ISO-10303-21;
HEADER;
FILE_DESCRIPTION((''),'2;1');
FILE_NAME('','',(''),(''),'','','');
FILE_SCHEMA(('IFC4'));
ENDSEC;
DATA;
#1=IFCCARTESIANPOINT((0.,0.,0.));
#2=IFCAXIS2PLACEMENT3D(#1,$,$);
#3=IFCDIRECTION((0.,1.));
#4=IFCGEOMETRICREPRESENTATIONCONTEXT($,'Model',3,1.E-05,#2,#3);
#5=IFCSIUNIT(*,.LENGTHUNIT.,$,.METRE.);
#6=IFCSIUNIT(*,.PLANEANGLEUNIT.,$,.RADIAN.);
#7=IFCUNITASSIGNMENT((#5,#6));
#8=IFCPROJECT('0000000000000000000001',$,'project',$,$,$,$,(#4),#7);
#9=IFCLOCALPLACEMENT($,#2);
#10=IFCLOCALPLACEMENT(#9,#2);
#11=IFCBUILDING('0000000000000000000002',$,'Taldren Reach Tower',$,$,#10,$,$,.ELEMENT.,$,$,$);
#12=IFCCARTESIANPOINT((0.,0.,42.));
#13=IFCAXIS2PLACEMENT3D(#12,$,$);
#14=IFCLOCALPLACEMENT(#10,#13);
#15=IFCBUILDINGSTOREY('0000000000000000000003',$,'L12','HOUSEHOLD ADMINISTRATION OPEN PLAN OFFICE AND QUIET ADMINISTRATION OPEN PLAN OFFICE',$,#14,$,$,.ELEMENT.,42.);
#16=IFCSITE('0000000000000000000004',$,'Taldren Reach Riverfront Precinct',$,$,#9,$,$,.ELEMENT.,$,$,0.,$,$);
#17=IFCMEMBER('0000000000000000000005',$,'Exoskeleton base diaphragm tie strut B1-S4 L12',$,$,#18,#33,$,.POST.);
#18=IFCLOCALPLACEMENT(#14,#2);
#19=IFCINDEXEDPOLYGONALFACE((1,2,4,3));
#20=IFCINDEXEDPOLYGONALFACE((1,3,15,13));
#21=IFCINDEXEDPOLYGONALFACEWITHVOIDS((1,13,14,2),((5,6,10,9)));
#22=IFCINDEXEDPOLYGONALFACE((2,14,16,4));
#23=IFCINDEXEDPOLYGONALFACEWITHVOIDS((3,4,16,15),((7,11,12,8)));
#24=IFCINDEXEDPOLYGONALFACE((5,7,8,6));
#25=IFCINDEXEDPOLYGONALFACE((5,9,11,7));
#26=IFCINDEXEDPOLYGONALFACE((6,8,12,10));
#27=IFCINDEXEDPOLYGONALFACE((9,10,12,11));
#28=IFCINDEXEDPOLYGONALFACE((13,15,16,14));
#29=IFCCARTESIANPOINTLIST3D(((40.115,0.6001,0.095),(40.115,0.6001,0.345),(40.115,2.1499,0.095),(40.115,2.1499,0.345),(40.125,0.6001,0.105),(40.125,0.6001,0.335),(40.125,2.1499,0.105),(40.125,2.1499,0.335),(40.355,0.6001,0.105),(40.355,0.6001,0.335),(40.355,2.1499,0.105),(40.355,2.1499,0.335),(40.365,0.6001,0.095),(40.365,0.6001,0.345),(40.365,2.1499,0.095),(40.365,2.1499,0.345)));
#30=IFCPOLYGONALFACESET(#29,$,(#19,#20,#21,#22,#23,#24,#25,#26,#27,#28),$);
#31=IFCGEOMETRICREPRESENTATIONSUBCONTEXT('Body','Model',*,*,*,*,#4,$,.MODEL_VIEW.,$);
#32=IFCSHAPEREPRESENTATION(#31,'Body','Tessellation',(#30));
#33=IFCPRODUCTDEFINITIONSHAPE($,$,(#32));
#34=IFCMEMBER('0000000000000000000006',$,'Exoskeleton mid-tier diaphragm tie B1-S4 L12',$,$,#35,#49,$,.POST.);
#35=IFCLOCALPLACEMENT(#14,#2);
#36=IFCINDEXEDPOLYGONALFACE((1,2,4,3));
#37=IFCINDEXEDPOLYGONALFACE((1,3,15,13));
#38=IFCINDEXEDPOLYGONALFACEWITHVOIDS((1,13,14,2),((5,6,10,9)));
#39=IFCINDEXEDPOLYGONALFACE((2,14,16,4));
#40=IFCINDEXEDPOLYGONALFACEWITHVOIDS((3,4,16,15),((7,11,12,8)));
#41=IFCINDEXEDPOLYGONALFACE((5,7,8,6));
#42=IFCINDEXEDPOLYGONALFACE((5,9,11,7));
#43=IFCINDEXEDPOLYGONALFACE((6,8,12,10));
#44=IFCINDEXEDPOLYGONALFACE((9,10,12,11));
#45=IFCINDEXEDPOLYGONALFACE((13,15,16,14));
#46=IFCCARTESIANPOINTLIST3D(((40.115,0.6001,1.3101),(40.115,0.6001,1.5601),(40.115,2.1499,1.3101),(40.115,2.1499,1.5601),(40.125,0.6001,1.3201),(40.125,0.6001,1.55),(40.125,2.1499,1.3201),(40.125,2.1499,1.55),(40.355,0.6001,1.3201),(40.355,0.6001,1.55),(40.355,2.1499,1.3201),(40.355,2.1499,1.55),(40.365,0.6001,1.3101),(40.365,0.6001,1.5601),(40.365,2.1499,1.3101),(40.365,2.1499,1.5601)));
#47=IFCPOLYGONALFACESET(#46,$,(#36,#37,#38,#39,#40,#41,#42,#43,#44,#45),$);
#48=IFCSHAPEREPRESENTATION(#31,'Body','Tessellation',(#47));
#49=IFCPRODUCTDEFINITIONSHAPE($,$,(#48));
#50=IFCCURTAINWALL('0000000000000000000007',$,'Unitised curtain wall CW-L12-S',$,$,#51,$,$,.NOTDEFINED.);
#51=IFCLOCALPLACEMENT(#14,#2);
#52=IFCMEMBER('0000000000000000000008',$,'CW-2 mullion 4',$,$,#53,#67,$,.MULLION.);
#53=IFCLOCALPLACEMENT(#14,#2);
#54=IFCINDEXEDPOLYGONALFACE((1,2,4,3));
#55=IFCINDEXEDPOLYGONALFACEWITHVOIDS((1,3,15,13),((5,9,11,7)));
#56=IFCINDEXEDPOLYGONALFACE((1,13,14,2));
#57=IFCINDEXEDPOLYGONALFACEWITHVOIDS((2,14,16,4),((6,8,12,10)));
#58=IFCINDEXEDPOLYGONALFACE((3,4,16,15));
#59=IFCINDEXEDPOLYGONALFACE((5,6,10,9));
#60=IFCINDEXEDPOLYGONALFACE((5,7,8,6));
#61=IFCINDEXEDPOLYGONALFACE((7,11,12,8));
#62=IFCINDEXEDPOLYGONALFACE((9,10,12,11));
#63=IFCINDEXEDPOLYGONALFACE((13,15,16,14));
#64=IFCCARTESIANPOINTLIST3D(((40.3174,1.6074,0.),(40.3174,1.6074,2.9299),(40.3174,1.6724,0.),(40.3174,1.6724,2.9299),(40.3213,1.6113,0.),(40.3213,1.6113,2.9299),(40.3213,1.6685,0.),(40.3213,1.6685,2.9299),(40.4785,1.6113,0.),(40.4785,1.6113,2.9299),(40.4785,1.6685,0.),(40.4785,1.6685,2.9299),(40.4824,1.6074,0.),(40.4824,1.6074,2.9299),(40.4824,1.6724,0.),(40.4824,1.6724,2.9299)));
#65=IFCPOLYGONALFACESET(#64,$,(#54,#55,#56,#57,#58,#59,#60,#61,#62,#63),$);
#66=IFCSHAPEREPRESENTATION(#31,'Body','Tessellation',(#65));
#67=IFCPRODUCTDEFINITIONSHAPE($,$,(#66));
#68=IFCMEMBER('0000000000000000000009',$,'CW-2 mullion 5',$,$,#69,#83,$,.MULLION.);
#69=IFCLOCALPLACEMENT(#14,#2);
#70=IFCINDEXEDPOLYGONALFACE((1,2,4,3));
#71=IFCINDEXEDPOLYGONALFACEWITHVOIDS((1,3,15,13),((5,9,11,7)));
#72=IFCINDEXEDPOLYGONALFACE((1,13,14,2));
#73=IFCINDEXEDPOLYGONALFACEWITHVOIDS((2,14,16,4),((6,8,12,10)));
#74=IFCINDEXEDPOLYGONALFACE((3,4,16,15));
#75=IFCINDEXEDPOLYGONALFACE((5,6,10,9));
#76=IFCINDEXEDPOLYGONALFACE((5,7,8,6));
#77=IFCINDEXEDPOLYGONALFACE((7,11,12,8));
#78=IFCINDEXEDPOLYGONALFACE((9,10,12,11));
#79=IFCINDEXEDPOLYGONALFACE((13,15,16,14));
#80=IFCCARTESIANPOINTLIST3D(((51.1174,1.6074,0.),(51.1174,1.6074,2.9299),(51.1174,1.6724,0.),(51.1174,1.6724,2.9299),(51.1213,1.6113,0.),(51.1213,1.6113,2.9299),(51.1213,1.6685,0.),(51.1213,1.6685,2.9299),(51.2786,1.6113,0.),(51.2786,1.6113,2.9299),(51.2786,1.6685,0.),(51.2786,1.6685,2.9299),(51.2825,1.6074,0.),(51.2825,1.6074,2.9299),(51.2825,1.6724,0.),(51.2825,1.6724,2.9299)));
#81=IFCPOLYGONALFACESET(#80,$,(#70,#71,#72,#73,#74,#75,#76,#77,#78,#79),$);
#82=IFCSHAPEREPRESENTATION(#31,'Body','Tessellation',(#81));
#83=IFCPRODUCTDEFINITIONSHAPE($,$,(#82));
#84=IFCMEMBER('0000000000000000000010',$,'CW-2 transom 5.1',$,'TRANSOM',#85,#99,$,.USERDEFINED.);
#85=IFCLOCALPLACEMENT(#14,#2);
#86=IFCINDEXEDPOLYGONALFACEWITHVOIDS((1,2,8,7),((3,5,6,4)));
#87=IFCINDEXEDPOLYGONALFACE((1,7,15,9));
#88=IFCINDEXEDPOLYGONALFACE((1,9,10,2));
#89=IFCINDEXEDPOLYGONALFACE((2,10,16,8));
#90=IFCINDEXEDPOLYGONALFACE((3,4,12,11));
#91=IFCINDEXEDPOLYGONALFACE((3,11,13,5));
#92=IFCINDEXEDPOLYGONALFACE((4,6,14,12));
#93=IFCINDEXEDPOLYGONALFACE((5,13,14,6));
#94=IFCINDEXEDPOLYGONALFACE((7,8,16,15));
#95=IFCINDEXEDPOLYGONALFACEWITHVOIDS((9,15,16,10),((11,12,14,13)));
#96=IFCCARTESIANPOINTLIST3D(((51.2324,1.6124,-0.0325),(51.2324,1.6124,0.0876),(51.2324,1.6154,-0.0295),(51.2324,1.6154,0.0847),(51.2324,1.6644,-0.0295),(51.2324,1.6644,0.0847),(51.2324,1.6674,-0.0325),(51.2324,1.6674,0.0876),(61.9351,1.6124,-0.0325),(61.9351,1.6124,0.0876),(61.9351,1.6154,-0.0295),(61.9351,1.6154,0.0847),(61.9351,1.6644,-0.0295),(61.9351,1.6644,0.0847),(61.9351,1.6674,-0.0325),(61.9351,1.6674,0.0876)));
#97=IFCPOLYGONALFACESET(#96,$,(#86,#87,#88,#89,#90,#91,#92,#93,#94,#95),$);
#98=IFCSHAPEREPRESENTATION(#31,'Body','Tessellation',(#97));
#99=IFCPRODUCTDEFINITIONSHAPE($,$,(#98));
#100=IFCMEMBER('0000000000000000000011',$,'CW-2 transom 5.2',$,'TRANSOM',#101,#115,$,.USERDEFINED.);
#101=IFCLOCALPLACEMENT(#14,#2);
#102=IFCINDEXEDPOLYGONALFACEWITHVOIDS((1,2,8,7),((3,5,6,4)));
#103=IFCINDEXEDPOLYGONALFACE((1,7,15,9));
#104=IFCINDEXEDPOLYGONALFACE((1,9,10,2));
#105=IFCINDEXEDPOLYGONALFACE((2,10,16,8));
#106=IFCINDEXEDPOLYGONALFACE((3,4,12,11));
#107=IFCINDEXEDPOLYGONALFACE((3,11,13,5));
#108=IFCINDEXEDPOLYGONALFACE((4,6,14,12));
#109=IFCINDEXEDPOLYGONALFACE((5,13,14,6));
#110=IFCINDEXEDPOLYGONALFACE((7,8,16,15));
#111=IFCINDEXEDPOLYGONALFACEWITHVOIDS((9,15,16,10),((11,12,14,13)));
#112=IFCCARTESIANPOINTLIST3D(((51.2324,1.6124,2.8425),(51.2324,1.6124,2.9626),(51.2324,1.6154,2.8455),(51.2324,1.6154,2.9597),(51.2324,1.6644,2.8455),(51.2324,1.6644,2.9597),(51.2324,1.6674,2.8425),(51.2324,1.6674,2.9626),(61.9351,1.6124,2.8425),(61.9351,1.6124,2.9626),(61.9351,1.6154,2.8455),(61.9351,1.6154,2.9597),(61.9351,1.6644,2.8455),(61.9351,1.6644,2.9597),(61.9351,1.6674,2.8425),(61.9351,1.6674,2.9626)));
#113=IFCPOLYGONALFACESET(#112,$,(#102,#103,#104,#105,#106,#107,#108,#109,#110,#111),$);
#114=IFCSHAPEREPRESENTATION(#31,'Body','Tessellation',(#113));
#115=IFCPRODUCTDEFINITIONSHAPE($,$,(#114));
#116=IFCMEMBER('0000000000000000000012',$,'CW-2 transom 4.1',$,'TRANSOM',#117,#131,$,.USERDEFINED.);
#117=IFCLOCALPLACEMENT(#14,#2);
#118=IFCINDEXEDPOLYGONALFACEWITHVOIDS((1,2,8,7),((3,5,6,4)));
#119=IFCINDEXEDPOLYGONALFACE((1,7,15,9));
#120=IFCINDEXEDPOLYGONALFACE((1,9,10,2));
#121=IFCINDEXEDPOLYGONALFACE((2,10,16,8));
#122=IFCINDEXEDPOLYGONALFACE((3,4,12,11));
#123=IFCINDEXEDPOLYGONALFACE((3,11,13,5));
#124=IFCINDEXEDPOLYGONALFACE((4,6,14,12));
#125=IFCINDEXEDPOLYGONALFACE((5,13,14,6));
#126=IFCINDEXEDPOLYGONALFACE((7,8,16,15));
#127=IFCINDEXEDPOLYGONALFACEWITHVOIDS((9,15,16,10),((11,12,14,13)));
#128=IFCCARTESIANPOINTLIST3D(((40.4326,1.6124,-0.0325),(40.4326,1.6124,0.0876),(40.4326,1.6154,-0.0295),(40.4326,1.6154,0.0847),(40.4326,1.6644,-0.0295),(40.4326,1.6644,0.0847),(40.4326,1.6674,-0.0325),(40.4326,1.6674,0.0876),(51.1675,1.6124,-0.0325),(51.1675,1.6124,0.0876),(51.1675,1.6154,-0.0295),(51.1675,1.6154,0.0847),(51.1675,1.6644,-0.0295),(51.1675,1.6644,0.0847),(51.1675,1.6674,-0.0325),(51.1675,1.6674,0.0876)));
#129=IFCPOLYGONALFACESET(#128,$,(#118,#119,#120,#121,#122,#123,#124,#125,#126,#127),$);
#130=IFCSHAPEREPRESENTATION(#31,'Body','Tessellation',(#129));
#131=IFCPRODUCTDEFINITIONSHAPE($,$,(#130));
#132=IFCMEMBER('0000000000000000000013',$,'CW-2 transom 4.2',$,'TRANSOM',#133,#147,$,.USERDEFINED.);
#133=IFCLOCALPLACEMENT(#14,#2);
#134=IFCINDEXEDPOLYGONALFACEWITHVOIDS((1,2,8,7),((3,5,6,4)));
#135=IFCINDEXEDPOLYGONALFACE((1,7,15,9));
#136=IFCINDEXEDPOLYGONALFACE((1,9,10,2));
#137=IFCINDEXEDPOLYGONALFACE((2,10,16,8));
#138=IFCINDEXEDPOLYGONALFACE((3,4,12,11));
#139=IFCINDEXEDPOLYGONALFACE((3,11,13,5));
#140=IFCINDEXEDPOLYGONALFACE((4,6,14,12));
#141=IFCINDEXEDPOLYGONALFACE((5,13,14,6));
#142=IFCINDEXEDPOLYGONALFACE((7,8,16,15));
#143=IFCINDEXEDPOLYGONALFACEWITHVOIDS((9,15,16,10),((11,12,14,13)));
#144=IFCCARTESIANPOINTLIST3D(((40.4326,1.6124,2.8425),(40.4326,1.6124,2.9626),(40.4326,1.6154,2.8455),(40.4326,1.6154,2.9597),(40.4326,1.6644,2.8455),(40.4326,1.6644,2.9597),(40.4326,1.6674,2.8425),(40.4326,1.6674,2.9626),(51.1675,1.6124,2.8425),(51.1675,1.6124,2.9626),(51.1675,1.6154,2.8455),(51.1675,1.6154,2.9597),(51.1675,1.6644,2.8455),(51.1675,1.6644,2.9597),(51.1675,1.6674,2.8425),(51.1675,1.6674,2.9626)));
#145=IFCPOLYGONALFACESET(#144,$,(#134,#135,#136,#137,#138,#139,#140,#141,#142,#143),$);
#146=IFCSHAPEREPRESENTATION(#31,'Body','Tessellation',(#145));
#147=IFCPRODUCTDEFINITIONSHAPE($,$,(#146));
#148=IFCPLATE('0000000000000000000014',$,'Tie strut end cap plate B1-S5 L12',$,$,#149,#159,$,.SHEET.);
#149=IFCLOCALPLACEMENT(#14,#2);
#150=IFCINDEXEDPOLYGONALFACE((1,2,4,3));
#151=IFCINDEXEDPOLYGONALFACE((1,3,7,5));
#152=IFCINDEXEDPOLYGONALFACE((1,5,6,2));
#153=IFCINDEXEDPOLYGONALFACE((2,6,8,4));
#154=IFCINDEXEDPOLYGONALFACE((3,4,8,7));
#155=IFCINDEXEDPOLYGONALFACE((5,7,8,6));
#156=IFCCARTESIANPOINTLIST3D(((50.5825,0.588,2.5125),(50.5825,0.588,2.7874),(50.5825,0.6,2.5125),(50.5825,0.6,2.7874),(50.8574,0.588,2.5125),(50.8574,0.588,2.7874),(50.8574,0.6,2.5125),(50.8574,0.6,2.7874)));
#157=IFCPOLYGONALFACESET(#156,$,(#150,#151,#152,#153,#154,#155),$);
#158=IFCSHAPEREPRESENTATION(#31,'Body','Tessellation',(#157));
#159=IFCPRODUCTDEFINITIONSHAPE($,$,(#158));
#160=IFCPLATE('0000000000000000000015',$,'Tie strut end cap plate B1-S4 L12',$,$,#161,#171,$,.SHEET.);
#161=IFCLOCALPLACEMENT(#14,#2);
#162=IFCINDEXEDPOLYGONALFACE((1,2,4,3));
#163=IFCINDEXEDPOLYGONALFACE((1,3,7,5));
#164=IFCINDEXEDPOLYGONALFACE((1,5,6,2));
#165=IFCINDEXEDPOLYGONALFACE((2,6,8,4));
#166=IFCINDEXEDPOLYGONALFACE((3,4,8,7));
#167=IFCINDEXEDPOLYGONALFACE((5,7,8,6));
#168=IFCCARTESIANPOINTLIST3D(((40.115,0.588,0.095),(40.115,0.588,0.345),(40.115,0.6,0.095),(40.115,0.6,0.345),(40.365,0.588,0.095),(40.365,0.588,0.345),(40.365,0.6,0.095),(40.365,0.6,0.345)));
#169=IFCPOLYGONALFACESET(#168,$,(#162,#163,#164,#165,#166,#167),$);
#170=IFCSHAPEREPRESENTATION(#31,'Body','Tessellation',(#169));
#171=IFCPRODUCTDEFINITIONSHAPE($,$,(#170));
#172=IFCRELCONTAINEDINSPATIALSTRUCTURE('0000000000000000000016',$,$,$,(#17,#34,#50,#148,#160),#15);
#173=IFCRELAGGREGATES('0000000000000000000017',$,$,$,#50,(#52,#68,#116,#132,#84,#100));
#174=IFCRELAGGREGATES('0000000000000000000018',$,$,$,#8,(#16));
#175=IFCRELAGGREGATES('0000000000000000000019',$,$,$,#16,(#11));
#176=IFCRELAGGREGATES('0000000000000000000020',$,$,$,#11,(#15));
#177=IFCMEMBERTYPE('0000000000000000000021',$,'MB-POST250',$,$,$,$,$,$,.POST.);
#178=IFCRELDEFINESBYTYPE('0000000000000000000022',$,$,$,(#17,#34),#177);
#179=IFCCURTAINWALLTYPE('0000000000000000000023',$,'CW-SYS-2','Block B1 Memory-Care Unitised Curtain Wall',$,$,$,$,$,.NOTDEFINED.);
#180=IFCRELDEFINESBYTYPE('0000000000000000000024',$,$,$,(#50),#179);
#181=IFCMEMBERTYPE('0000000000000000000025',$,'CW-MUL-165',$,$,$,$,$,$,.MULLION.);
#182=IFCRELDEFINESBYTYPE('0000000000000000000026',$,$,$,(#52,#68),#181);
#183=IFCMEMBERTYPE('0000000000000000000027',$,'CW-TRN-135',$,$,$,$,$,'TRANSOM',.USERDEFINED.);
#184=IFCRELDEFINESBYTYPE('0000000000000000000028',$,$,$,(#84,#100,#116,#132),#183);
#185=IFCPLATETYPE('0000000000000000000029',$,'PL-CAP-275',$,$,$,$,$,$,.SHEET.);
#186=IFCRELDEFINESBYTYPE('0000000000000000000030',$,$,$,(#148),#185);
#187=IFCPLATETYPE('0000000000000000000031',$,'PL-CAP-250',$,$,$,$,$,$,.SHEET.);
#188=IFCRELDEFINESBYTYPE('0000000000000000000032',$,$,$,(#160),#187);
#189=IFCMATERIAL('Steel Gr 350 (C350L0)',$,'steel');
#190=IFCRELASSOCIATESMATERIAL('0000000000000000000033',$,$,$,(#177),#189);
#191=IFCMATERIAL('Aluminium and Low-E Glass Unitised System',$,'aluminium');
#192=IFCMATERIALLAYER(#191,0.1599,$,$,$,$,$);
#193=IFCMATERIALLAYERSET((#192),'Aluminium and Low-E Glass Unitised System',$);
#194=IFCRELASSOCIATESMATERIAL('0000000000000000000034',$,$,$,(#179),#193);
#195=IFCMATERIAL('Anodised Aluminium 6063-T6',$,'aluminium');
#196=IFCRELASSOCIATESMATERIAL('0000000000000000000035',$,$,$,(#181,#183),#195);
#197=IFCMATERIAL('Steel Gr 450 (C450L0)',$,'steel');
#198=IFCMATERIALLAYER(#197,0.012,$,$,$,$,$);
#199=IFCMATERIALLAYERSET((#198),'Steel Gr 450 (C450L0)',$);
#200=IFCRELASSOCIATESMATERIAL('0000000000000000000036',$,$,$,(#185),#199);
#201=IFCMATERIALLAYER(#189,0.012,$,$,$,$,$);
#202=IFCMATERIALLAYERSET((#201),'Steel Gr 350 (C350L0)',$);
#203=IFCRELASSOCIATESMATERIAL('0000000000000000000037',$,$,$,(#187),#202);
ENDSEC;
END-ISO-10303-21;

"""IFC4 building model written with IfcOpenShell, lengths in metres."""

from ifc_helpers import new_model, si_unit, direction, frame, origin, origin_2d, place, context, subcontext, project, spatial, rectangle, hollow_rectangle, extrude, source, transform, mapped, material, layer, layer_set, material_profile, profile_set, type_object, element, aggregate, save


model = new_model("IFC4")

# Units and contexts
model_context = context("Model", 3, precision=1e-05, world=origin(), true_north=direction((0.0, 1.0)))
body_context = subcontext(model_context, "Body", "Model", "MODEL_VIEW")
ifc_project = project(units=[si_unit("LENGTHUNIT", "METRE"), si_unit("PLANEANGLEUNIT", "RADIAN")], contexts=[model_context])

# Site, building, storey
site_placement = place(None, origin())
site = spatial("IfcSite", under=ifc_project, at=site_placement, Name="Taldren Reach Riverfront Precinct", CompositionType="ELEMENT", RefElevation=0.0)
building_placement = place(site_placement, origin())
building = spatial("IfcBuilding", under=site, at=building_placement, Name="Taldren Reach Tower", CompositionType="ELEMENT")
storey_placement = place(building_placement, frame((0.0, 0.0, 42.0)))
storey = spatial("IfcBuildingStorey", under=building, at=storey_placement, Name="L12", Description="HOUSEHOLD ADMINISTRATION OPEN PLAN OFFICE AND QUIET ADMINISTRATION OPEN PLAN OFFICE", CompositionType="ELEMENT", Elevation=42.0)

# Members
ifc_material_1 = material(Name="Steel Gr 450 (C450L0)", Category="steel")
ifc_material_2 = material(Name="Steel Gr 350 (C350L0)", Category="steel")
ifc_material_profile_1 = material_profile(ifc_material_2, hollow_rectangle(XDim=0.25, YDim=0.25, WallThickness=0.01, at=origin_2d()), Name="250x250x10.0SHS")
ifc_profile_set_1 = profile_set([ifc_material_profile_1], Name="Steel Gr 350 (C350L0)")
member_type_1 = type_object("IfcMemberType", Name="MB-POST250", PredefinedType="POST", material=ifc_profile_set_1)
shared_shape_1 = source(origin(), body_context, "Body", "SweptSolid", [
    extrude(hollow_rectangle(XDim=0.25, YDim=0.25, WallThickness=0.01, at=origin_2d()), origin(), (0.0, 0.0, 1.0), 1.5498),
])
for number, where, z_axis, x_axis, name in (
    (1, (40.24, 2.1499, 0.22), (0.0, -1.0, 0.0), (1.0, 0.0, 0.0), "Exoskeleton base diaphragm tie strut B1-S4 L12"),
    (2, (40.24, 2.1499, 1.4351), (0.0, -1.0, 0.0), (1.0, 0.0, 0.0), "Exoskeleton mid-tier diaphragm tie B1-S4 L12"),
):
    element("IfcMember", number, at=place(storey_placement, frame(where, z_axis=z_axis, x_axis=x_axis)), inside=storey, type_object=member_type_1, Name=name, PredefinedType="POST", context=body_context, shape_type="MappedRepresentation", body=[
        mapped(shared_shape_1, transform((0.0, 0.0, 0.0), scale=1.0)),
    ])

# Curtain wall, members
ifc_material_3 = material(Name="Aluminium and Low-E Glass Unitised System", Category="aluminium")
ifc_layer_1 = layer(ifc_material_3, 0.1599)
ifc_layer_set_1 = layer_set([ifc_layer_1], Name="Aluminium and Low-E Glass Unitised System")
curtain_wall_type = type_object("IfcCurtainWallType", Name="CW-SYS-2", Description="Block B1 Memory-Care Unitised Curtain Wall", PredefinedType="NOTDEFINED", material=ifc_layer_set_1)
curtain_wall_placement = place(storey_placement, origin())
curtain_wall = element("IfcCurtainWall", 3, at=curtain_wall_placement, inside=storey, type_object=curtain_wall_type, Name="Unitised curtain wall CW-L12-S", PredefinedType="NOTDEFINED")
ifc_material_4 = material(Name="Anodised Aluminium 6063-T6", Category="aluminium")
ifc_material_profile_2 = material_profile(ifc_material_4, hollow_rectangle(XDim=0.0649, YDim=0.165, WallThickness=0.0039, at=origin_2d()), Name="ALU-165x65x4RHS")
ifc_profile_set_2 = profile_set([ifc_material_profile_2], Name="Anodised Aluminium 6063-T6")
member_type_2 = type_object("IfcMemberType", Name="CW-MUL-165", PredefinedType="MULLION", material=ifc_profile_set_2)
shared_shape_2 = source(origin(), body_context, "Body", "SweptSolid", [
    extrude(hollow_rectangle(XDim=0.0649, YDim=0.165, WallThickness=0.0039, at=origin_2d()), origin(), (0.0, 0.0, 1.0), 2.9299),
])
member_1_placement = place(storey_placement, frame((40.3999, 1.6399, 0.0), z_axis=(0.0, 0.0, 1.0), x_axis=(0.0, 1.0, 0.0)))
member_1 = element("IfcMember", 4, at=member_1_placement, type_object=member_type_2, Name="CW-2 mullion 4", PredefinedType="MULLION", context=body_context, shape_type="MappedRepresentation", body=[
    mapped(shared_shape_2, transform((0.0, 0.0, 0.0), scale=1.0)),
])
member_2_placement = place(storey_placement, frame((51.2, 1.6399, 0.0), z_axis=(0.0, 0.0, 1.0), x_axis=(0.0, 1.0, 0.0)))
member_2 = element("IfcMember", 5, at=member_2_placement, type_object=member_type_2, Name="CW-2 mullion 5", PredefinedType="MULLION", context=body_context, shape_type="MappedRepresentation", body=[
    mapped(shared_shape_2, transform((0.0, 0.0, 0.0), scale=1.0)),
])
ifc_material_profile_3 = material_profile(ifc_material_4, hollow_rectangle(XDim=0.0549, YDim=0.1201, WallThickness=0.0029, at=origin_2d()), Name="ALU-120x55x3RHS")
ifc_profile_set_3 = profile_set([ifc_material_profile_3], Name="Anodised Aluminium 6063-T6")
member_type_3 = type_object("IfcMemberType", Name="CW-TRN-135", ElementType="TRANSOM", PredefinedType="USERDEFINED", material=ifc_profile_set_3)
shared_shape_3 = source(origin(), body_context, "Body", "SweptSolid", [
    extrude(hollow_rectangle(XDim=0.0549, YDim=0.1201, WallThickness=0.0029, at=origin_2d()), origin(), (0.0, 0.0, 1.0), 10.7026),
])
member_3_placement = place(storey_placement, frame((51.2324, 1.6399, 0.0276), z_axis=(1.0, 0.0, 0.0), x_axis=(0.0, 1.0, 0.0)))
member_3 = element("IfcMember", 6, at=member_3_placement, type_object=member_type_3, Name="CW-2 transom 5.1", ObjectType="TRANSOM", PredefinedType="USERDEFINED", context=body_context, shape_type="MappedRepresentation", body=[
    mapped(shared_shape_3, transform((0.0, 0.0, 0.0), scale=1.0)),
])
member_4_placement = place(storey_placement, frame((51.2324, 1.6399, 2.9026), z_axis=(1.0, 0.0, 0.0), x_axis=(0.0, 1.0, 0.0)))
member_4 = element("IfcMember", 7, at=member_4_placement, type_object=member_type_3, Name="CW-2 transom 5.2", ObjectType="TRANSOM", PredefinedType="USERDEFINED", context=body_context, shape_type="MappedRepresentation", body=[
    mapped(shared_shape_3, transform((0.0, 0.0, 0.0), scale=1.0)),
])
shared_shape_4 = source(origin(), body_context, "Body", "SweptSolid", [
    extrude(hollow_rectangle(XDim=0.0549, YDim=0.1201, WallThickness=0.0029, at=origin_2d()), origin(), (0.0, 0.0, 1.0), 10.7349),
])
member_5_placement = place(storey_placement, frame((40.4326, 1.6399, 0.0276), z_axis=(1.0, 0.0, 0.0), x_axis=(0.0, 1.0, 0.0)))
member_5 = element("IfcMember", 8, at=member_5_placement, type_object=member_type_3, Name="CW-2 transom 4.1", ObjectType="TRANSOM", PredefinedType="USERDEFINED", context=body_context, shape_type="MappedRepresentation", body=[
    mapped(shared_shape_4, transform((0.0, 0.0, 0.0), scale=1.0)),
])
member_6_placement = place(storey_placement, frame((40.4326, 1.6399, 2.9026), z_axis=(1.0, 0.0, 0.0), x_axis=(0.0, 1.0, 0.0)))
member_6 = element("IfcMember", 9, at=member_6_placement, type_object=member_type_3, Name="CW-2 transom 4.2", ObjectType="TRANSOM", PredefinedType="USERDEFINED", context=body_context, shape_type="MappedRepresentation", body=[
    mapped(shared_shape_4, transform((0.0, 0.0, 0.0), scale=1.0)),
])

# Plates
ifc_layer_2 = layer(ifc_material_1, 0.012)
ifc_layer_set_2 = layer_set([ifc_layer_2], Name="Steel Gr 450 (C450L0)")
plate_type_1 = type_object("IfcPlateType", Name="PL-CAP-275", PredefinedType="SHEET", material=ifc_layer_set_2)
shared_shape_5 = source(origin(), body_context, "Body", "SweptSolid", [
    extrude(rectangle(XDim=0.2749, YDim=0.012, at=origin_2d()), origin(), (0.0, 0.0, 1.0), 0.2749),
])
plate_1_placement = place(storey_placement, frame((50.72, 0.594, 2.5125), z_axis=(0.0, 0.0, 1.0), x_axis=(1.0, 0.0, 0.0)))
element("IfcPlate", 10, at=plate_1_placement, inside=storey, type_object=plate_type_1, Name="Tie strut end cap plate B1-S5 L12", PredefinedType="SHEET", context=body_context, shape_type="MappedRepresentation", body=[
    mapped(shared_shape_5, transform((0.0, 0.0, 0.0), scale=1.0)),
])
ifc_layer_3 = layer(ifc_material_2, 0.012)
ifc_layer_set_3 = layer_set([ifc_layer_3], Name="Steel Gr 350 (C350L0)")
plate_type_2 = type_object("IfcPlateType", Name="PL-CAP-250", PredefinedType="SHEET", material=ifc_layer_set_3)
shared_shape_6 = source(origin(), body_context, "Body", "SweptSolid", [
    extrude(rectangle(XDim=0.25, YDim=0.012, at=origin_2d()), origin(), (0.0, 0.0, 1.0), 0.25),
])
plate_2_placement = place(storey_placement, frame((40.24, 0.594, 0.095), z_axis=(0.0, 0.0, 1.0), x_axis=(1.0, 0.0, 0.0)))
element("IfcPlate", 11, at=plate_2_placement, inside=storey, type_object=plate_type_2, Name="Tie strut end cap plate B1-S4 L12", PredefinedType="SHEET", context=body_context, shape_type="MappedRepresentation", body=[
    mapped(shared_shape_6, transform((0.0, 0.0, 0.0), scale=1.0)),
])

aggregate(curtain_wall, [member_1, member_2, member_5, member_6, member_3, member_4])

save(model, "model.ifc")
